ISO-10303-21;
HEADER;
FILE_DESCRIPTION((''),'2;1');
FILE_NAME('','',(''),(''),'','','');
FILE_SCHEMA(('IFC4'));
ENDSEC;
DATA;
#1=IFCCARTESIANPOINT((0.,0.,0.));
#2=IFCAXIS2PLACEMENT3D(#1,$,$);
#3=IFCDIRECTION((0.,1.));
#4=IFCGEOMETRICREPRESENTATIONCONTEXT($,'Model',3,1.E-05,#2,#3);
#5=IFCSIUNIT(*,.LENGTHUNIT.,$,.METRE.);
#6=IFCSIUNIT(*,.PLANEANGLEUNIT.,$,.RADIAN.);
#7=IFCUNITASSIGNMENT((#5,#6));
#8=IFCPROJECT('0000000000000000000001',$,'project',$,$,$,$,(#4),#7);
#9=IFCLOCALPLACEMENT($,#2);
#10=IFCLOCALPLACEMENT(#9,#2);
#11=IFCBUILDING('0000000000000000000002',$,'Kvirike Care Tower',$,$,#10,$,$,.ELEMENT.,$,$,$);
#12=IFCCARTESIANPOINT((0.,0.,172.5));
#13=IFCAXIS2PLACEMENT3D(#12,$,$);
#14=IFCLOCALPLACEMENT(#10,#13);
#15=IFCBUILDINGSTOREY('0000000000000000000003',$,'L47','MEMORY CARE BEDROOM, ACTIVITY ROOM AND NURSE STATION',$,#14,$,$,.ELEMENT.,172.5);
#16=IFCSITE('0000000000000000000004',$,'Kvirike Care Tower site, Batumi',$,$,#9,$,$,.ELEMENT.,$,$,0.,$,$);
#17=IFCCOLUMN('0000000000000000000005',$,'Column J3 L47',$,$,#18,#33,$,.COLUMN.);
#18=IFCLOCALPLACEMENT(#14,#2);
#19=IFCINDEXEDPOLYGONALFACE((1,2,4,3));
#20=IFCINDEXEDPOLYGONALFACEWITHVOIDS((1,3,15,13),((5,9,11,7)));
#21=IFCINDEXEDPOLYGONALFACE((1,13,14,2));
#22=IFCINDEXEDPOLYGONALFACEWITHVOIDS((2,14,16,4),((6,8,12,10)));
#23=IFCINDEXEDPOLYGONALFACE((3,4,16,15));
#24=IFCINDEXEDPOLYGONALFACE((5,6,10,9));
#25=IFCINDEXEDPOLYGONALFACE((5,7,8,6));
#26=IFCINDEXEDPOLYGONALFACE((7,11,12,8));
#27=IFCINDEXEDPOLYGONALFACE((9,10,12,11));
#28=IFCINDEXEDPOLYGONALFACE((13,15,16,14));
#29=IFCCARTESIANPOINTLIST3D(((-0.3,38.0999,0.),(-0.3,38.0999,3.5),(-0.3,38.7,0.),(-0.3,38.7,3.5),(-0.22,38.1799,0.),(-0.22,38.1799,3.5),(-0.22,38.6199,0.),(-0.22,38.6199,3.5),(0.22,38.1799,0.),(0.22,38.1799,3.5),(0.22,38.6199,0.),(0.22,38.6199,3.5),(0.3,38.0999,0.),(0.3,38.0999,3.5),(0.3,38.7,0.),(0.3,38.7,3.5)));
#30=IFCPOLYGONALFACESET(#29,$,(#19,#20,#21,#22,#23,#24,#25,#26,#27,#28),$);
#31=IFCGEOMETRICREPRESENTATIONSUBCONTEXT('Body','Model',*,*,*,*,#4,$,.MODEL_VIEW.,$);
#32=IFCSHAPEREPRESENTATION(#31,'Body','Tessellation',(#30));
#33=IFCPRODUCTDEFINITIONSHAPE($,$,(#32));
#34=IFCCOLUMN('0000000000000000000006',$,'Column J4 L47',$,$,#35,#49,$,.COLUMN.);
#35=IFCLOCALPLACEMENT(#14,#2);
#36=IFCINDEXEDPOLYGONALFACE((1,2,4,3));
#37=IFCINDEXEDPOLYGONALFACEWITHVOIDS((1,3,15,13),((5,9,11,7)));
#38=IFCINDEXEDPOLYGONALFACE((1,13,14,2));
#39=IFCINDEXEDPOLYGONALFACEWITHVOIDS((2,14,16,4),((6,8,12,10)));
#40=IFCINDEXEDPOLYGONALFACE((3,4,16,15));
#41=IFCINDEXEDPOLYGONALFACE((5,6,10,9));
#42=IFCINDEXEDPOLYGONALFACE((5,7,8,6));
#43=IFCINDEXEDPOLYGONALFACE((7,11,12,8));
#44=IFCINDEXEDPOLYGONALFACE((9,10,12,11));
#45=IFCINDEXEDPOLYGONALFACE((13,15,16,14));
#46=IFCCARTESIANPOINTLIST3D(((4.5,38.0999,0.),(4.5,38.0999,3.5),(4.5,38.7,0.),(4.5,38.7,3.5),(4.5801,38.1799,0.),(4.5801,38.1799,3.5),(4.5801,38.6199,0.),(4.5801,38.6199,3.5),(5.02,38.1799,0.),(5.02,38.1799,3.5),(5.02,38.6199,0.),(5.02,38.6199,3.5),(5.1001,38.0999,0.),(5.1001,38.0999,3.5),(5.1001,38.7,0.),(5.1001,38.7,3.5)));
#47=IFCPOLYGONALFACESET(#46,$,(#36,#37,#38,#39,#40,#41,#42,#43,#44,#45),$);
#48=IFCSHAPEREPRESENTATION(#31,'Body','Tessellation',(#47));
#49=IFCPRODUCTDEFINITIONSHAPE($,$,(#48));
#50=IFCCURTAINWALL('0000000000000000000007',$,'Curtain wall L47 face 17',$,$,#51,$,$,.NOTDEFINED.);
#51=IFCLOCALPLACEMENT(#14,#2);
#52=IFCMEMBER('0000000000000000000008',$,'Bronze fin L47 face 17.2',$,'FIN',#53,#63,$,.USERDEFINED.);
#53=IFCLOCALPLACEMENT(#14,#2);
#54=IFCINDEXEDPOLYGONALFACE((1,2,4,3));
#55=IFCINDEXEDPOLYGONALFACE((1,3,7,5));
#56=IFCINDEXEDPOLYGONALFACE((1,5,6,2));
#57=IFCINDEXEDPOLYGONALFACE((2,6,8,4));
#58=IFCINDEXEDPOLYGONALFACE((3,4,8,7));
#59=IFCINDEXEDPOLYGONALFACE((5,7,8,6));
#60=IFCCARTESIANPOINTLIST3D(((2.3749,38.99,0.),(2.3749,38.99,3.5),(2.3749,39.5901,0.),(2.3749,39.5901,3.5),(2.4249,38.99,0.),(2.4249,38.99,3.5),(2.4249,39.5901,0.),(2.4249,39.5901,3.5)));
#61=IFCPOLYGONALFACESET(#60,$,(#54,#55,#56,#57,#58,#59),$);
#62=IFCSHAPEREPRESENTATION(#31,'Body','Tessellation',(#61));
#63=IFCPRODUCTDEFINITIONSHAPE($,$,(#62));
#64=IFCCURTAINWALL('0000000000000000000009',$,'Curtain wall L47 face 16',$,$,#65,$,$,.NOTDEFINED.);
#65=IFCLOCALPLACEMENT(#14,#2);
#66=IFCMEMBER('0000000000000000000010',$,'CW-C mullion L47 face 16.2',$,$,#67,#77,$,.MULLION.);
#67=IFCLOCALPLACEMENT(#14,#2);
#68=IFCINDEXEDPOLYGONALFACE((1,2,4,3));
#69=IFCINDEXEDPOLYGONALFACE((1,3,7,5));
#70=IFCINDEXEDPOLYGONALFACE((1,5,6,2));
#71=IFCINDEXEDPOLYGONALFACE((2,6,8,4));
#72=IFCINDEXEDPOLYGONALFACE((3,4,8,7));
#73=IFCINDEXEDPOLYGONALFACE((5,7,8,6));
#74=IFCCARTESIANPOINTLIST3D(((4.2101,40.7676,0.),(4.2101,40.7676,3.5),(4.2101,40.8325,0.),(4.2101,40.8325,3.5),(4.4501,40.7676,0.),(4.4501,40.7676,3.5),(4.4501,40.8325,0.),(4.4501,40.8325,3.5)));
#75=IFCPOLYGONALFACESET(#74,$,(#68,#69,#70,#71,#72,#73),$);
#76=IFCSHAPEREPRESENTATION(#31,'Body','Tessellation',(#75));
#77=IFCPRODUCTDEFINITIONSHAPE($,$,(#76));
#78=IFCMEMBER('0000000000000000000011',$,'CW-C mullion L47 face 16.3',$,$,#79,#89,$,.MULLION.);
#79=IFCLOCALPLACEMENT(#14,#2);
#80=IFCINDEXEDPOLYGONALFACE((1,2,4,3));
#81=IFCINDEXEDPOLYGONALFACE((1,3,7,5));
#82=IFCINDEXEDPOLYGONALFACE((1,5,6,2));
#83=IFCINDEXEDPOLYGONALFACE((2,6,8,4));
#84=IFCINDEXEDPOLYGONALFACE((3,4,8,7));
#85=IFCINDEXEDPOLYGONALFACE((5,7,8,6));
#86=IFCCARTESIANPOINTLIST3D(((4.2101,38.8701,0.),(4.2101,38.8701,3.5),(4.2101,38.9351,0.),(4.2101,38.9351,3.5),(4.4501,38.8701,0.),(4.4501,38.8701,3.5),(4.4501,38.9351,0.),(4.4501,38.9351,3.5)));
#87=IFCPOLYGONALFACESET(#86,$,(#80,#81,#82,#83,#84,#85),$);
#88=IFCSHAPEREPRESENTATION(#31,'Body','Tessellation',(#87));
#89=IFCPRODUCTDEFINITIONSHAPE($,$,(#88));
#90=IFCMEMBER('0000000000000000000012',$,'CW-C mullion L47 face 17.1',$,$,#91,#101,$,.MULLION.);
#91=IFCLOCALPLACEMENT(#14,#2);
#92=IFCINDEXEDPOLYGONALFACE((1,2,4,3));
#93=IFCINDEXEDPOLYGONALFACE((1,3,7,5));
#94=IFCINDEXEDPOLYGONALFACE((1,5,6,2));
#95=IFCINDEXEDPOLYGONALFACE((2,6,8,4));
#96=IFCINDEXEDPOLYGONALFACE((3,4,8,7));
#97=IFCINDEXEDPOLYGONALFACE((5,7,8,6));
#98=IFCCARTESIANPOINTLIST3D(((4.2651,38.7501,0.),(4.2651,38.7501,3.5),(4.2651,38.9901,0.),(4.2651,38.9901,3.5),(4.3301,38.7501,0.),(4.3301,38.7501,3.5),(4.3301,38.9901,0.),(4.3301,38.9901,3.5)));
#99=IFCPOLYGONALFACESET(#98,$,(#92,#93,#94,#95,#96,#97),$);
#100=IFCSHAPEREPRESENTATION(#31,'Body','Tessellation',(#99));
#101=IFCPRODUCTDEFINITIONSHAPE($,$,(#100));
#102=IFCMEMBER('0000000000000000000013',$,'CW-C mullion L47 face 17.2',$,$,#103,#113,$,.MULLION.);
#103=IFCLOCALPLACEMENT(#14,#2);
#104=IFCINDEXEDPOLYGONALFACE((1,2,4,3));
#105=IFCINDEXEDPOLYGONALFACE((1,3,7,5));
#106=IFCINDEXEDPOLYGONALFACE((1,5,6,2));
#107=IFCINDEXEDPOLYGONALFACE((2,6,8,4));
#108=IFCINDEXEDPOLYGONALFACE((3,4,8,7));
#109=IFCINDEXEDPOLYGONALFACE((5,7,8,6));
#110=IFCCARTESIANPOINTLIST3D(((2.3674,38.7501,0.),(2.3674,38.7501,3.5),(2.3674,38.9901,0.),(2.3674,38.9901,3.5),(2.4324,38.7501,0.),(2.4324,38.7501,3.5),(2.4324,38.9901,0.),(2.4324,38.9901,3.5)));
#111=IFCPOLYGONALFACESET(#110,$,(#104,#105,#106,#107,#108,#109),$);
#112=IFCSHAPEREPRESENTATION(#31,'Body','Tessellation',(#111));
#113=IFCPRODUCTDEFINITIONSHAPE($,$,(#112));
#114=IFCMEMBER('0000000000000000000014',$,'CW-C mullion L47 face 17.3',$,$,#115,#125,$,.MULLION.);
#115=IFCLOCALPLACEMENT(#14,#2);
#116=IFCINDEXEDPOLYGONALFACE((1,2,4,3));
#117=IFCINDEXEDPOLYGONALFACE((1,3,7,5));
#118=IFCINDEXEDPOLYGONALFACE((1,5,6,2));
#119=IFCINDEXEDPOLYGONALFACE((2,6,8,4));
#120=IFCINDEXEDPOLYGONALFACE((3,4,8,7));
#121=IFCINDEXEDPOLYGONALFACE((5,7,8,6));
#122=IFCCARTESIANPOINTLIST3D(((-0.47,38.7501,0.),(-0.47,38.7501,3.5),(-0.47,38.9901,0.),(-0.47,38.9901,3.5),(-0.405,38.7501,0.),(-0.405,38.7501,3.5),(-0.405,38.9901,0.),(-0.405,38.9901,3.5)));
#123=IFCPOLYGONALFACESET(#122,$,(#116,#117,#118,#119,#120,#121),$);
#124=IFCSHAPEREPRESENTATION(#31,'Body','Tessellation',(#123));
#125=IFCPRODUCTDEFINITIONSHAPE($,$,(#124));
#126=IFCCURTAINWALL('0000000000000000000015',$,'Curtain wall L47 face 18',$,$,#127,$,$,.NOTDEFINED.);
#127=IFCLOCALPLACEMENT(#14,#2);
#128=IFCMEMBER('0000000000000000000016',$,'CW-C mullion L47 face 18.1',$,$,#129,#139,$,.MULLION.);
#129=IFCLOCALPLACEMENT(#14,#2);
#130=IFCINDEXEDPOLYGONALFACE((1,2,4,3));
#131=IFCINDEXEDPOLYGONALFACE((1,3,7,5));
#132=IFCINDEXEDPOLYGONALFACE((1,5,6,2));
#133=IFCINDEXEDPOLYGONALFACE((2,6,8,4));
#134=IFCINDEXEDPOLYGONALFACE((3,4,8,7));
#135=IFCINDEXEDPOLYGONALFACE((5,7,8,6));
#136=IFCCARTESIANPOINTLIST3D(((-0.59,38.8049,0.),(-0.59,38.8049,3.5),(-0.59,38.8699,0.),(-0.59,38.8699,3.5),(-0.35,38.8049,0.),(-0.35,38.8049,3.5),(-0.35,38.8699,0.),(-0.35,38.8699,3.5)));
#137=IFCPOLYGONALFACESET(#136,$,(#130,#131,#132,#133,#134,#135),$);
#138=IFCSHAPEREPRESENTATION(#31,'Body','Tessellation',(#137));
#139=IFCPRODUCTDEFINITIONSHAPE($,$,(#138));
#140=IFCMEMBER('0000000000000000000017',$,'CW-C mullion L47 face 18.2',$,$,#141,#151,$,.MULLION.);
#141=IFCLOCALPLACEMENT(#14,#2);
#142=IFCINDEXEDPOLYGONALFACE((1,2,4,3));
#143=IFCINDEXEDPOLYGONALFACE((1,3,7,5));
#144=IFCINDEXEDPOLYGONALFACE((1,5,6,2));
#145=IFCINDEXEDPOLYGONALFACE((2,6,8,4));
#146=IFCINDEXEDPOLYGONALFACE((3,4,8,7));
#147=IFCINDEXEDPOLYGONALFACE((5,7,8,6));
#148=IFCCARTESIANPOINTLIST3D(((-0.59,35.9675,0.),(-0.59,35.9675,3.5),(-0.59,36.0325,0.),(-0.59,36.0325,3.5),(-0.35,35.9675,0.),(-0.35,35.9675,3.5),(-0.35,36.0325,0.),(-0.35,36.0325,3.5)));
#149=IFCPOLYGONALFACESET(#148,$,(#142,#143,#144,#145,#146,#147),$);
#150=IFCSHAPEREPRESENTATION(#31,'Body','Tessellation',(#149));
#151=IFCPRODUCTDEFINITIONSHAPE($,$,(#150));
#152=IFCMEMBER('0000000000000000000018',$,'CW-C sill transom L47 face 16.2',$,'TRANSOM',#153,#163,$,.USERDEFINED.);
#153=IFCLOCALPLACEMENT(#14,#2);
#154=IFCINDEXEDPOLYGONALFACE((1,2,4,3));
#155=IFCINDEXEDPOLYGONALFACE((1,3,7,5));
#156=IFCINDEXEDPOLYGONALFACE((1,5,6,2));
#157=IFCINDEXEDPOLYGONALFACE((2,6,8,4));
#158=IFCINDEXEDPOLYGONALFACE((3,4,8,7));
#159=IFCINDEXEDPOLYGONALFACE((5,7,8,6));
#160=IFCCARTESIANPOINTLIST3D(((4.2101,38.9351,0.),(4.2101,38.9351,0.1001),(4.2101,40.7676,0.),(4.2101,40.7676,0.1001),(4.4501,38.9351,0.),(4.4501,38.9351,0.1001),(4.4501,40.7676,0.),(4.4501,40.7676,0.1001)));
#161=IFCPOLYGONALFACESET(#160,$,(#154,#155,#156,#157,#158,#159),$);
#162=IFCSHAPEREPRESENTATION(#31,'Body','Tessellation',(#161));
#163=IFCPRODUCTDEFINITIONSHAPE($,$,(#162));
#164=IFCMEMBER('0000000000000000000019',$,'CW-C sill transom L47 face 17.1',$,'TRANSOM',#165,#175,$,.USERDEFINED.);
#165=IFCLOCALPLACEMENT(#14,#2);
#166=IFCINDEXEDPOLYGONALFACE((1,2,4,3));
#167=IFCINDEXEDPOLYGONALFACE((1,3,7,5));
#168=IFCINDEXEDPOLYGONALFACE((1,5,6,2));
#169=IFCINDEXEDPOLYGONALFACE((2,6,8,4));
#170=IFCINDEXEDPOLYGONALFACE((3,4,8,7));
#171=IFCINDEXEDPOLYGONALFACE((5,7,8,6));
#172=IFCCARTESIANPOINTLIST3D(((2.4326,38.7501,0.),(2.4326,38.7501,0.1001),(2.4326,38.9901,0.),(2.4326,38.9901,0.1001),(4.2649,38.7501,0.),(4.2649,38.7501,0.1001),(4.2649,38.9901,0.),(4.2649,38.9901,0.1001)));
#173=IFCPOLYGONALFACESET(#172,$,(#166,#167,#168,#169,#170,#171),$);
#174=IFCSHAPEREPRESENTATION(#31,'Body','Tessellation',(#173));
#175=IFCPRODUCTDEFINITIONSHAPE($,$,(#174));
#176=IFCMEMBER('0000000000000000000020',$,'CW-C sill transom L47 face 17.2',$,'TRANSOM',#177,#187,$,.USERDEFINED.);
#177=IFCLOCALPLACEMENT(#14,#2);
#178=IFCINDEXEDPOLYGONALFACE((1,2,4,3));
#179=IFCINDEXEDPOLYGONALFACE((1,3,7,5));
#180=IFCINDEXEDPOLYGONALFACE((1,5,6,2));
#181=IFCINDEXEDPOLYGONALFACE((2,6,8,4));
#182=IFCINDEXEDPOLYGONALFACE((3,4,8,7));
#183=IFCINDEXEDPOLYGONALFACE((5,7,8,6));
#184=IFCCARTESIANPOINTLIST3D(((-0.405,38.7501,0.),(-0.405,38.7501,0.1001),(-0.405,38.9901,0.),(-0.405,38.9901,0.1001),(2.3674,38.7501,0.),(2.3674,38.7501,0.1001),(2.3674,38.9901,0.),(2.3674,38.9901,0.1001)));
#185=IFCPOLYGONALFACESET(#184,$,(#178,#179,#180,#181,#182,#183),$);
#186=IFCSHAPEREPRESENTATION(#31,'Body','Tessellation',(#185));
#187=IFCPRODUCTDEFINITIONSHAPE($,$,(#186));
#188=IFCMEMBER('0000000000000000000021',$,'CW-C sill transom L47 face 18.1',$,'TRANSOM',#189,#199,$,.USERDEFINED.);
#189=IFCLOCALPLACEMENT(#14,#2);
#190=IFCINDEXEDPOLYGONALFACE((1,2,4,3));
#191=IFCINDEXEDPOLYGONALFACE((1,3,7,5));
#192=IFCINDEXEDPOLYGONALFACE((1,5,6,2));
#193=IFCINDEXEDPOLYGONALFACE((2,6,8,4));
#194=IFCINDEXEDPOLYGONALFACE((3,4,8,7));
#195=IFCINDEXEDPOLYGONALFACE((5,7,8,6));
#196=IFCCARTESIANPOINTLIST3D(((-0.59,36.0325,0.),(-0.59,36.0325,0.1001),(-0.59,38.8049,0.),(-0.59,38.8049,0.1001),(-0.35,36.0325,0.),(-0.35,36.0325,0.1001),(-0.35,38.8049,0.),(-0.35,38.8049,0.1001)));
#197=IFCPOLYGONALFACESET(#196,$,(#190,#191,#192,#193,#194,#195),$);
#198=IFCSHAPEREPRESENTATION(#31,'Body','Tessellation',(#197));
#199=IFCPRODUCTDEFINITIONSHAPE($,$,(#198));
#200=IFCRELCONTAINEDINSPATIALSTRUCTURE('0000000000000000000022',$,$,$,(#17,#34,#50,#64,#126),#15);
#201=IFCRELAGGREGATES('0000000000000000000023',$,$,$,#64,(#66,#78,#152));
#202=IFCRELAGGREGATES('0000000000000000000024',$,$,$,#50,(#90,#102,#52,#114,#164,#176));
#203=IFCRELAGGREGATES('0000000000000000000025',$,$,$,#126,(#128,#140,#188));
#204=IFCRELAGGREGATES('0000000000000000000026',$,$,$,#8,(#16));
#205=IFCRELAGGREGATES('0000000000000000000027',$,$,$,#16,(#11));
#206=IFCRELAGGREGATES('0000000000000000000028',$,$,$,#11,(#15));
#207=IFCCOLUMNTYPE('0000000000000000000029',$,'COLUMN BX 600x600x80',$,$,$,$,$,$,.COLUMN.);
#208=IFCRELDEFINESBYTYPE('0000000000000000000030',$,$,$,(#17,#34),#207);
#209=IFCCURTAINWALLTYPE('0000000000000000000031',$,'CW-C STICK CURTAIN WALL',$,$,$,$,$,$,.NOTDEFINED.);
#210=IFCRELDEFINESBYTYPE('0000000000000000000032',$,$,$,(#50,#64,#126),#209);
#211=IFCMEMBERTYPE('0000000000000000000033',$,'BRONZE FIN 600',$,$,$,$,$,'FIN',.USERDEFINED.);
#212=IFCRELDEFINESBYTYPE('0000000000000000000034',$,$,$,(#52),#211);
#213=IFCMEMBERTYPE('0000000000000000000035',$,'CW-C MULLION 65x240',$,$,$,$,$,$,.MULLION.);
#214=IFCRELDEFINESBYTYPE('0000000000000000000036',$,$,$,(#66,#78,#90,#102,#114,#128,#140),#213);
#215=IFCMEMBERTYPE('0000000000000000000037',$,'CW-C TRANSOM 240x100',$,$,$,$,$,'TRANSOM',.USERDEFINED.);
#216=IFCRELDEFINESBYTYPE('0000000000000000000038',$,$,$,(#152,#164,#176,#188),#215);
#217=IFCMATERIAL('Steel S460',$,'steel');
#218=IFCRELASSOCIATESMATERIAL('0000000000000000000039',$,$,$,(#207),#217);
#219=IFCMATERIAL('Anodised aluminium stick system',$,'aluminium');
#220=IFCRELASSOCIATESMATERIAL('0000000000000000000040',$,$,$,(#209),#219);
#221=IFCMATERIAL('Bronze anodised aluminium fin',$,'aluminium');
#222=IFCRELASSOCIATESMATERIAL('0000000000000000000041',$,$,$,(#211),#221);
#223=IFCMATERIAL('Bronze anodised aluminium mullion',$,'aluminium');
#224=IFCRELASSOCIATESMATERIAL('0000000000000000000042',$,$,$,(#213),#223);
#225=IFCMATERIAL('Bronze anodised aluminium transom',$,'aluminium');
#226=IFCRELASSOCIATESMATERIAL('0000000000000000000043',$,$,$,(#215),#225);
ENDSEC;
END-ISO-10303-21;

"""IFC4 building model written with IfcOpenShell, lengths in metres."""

from ifc_helpers import new_model, si_unit, direction, frame, origin, origin_2d, place, context, subcontext, project, spatial, rectangle, hollow_rectangle, extrude, material, material_profile, profile_set, type_object, element, aggregate, save


model = new_model("IFC4")

# Units and contexts
model_context = context("Model", 3, precision=1e-05, world=origin(), true_north=direction((0.0, 1.0)))
body_context = subcontext(model_context, "Body", "Model", "MODEL_VIEW")
ifc_project = project(units=[si_unit("LENGTHUNIT", "METRE"), si_unit("PLANEANGLEUNIT", "RADIAN")], contexts=[model_context])

# Site, building, storey
site_placement = place(None, origin())
site = spatial("IfcSite", under=ifc_project, at=site_placement, Name="Kvirike Care Tower site, Batumi", CompositionType="ELEMENT", RefElevation=0.0)
building_placement = place(site_placement, origin())
building = spatial("IfcBuilding", under=site, at=building_placement, Name="Kvirike Care Tower", CompositionType="ELEMENT")
storey_placement = place(building_placement, frame((0.0, 0.0, 172.5)))
storey = spatial("IfcBuildingStorey", under=building, at=storey_placement, Name="L47", Description="MEMORY CARE BEDROOM, ACTIVITY ROOM AND NURSE STATION", CompositionType="ELEMENT", Elevation=172.5)

# Columns
ifc_material_1 = material(Name="Steel S460", Category="steel")
ifc_material_profile_1 = material_profile(ifc_material_1, hollow_rectangle(XDim=0.6001, YDim=0.6001, WallThickness=0.0801, at=origin_2d()), Name="BX 600x600x80")
ifc_profile_set_1 = profile_set([ifc_material_profile_1], Name="Steel S460")
column_type = type_object("IfcColumnType", Name="COLUMN BX 600x600x80", PredefinedType="COLUMN", material=ifc_profile_set_1)
for number, where, z_axis, x_axis, name in (
    (1, (0.0, 38.3999, 0.0), (0.0, 0.0, 1.0), (0.0, 1.0, 0.0), "Column J3 L47"),
    (2, (4.8, 38.3999, 0.0), (0.0, 0.0, 1.0), (0.0, 1.0, 0.0), "Column J4 L47"),
):
    element("IfcColumn", number, at=place(storey_placement, frame(where, z_axis=z_axis, x_axis=x_axis)), inside=storey, type_object=column_type, Name=name, PredefinedType="COLUMN", context=body_context, shape_type="SweptSolid", body=[
        extrude(hollow_rectangle(XDim=0.6001, YDim=0.6001, WallThickness=0.0801, at=origin_2d()), origin(), (0.0, 0.0, 1.0), 3.5),
    ])

# Curtain wall, member
ifc_material_2 = material(Name="Anodised aluminium stick system", Category="aluminium")
curtain_wall_type = type_object("IfcCurtainWallType", Name="CW-C STICK CURTAIN WALL", PredefinedType="NOTDEFINED", material=ifc_material_2)
curtain_wall_1_placement = place(storey_placement, origin())
curtain_wall_1 = element("IfcCurtainWall", 3, at=curtain_wall_1_placement, inside=storey, type_object=curtain_wall_type, Name="Curtain wall L47 face 17", PredefinedType="NOTDEFINED")
ifc_material_3 = material(Name="Bronze anodised aluminium fin", Category="aluminium")
ifc_material_profile_2 = material_profile(ifc_material_3, rectangle(XDim=0.05, YDim=0.6001, at=origin_2d()), Name="BRONZE FIN 600")
ifc_profile_set_2 = profile_set([ifc_material_profile_2], Name="Bronze anodised aluminium fin")
member_type_1 = type_object("IfcMemberType", Name="BRONZE FIN 600", ElementType="FIN", PredefinedType="USERDEFINED", material=ifc_profile_set_2)
member_1_placement = place(storey_placement, frame((2.3999, 39.29, 0.0), z_axis=(0.0, 0.0, 1.0), x_axis=(-1.0, 0.0, 0.0)))
member_1 = element("IfcMember", 4, at=member_1_placement, type_object=member_type_1, Name="Bronze fin L47 face 17.2", ObjectType="FIN", PredefinedType="USERDEFINED", context=body_context, shape_type="SweptSolid", body=[
    extrude(rectangle(XDim=0.05, YDim=0.6001, at=origin_2d()), origin(), (0.0, 0.0, 1.0), 3.5),
])

# Curtain wall, members
curtain_wall_2_placement = place(storey_placement, origin())
curtain_wall_2 = element("IfcCurtainWall", 5, at=curtain_wall_2_placement, inside=storey, type_object=curtain_wall_type, Name="Curtain wall L47 face 16", PredefinedType="NOTDEFINED")
ifc_material_4 = material(Name="Bronze anodised aluminium mullion", Category="aluminium")
ifc_material_profile_3 = material_profile(ifc_material_4, rectangle(XDim=0.0649, YDim=0.24, at=origin_2d()), Name="CW-C MULLION 65x240")
ifc_profile_set_3 = profile_set([ifc_material_profile_3], Name="Bronze anodised aluminium mullion")
member_type_2 = type_object("IfcMemberType", Name="CW-C MULLION 65x240", PredefinedType="MULLION", material=ifc_profile_set_3)
member_2_placement = place(storey_placement, frame((4.3301, 40.8, 0.0), z_axis=(0.0, 0.0, 1.0), x_axis=(0.0, -1.0, 0.0)))
member_2 = element("IfcMember", 6, at=member_2_placement, type_object=member_type_2, Name="CW-C mullion L47 face 16.2", PredefinedType="MULLION", context=body_context, shape_type="SweptSolid", body=[
    extrude(rectangle(XDim=0.0649, YDim=0.24, at=origin_2d()), origin(), (0.0, 0.0, 1.0), 3.5),
])
member_3_placement = place(storey_placement, frame((4.3301, 38.9026, 0.0), z_axis=(0.0, 0.0, 1.0), x_axis=(0.0, -1.0, 0.0)))
member_3 = element("IfcMember", 7, at=member_3_placement, type_object=member_type_2, Name="CW-C mullion L47 face 16.3", PredefinedType="MULLION", context=body_context, shape_type="SweptSolid", body=[
    extrude(rectangle(XDim=0.0649, YDim=0.24, at=origin_2d()), origin(), (0.0, 0.0, 1.0), 3.5),
])

# Members
member_4_placement = place(storey_placement, frame((4.2976, 38.8701, 0.0), z_axis=(0.0, 0.0, 1.0), x_axis=(-1.0, 0.0, 0.0)))
member_4 = element("IfcMember", 8, at=member_4_placement, type_object=member_type_2, Name="CW-C mullion L47 face 17.1", PredefinedType="MULLION", context=body_context, shape_type="SweptSolid", body=[
    extrude(rectangle(XDim=0.0649, YDim=0.24, at=origin_2d()), origin(), (0.0, 0.0, 1.0), 3.5),
])
member_5_placement = place(storey_placement, frame((2.3999, 38.8701, 0.0), z_axis=(0.0, 0.0, 1.0), x_axis=(-1.0, 0.0, 0.0)))
member_5 = element("IfcMember", 9, at=member_5_placement, type_object=member_type_2, Name="CW-C mullion L47 face 17.2", PredefinedType="MULLION", context=body_context, shape_type="SweptSolid", body=[
    extrude(rectangle(XDim=0.0649, YDim=0.24, at=origin_2d()), origin(), (0.0, 0.0, 1.0), 3.5),
])
member_6_placement = place(storey_placement, frame((-0.4375, 38.8701, 0.0), z_axis=(0.0, 0.0, 1.0), x_axis=(-1.0, 0.0, 0.0)))
member_6 = element("IfcMember", 10, at=member_6_placement, type_object=member_type_2, Name="CW-C mullion L47 face 17.3", PredefinedType="MULLION", context=body_context, shape_type="SweptSolid", body=[
    extrude(rectangle(XDim=0.0649, YDim=0.24, at=origin_2d()), origin(), (0.0, 0.0, 1.0), 3.5),
])

# Curtain wall, members
curtain_wall_3_placement = place(storey_placement, origin())
curtain_wall_3 = element("IfcCurtainWall", 11, at=curtain_wall_3_placement, inside=storey, type_object=curtain_wall_type, Name="Curtain wall L47 face 18", PredefinedType="NOTDEFINED")
member_7_placement = place(storey_placement, frame((-0.47, 38.8374, 0.0), z_axis=(0.0, 0.0, 1.0), x_axis=(0.0, -1.0, 0.0)))
member_7 = element("IfcMember", 12, at=member_7_placement, type_object=member_type_2, Name="CW-C mullion L47 face 18.1", PredefinedType="MULLION", context=body_context, shape_type="SweptSolid", body=[
    extrude(rectangle(XDim=0.0649, YDim=0.24, at=origin_2d()), origin(), (0.0, 0.0, 1.0), 3.5),
])
member_8_placement = place(storey_placement, frame((-0.47, 36.0, 0.0), z_axis=(0.0, 0.0, 1.0), x_axis=(0.0, -1.0, 0.0)))
member_8 = element("IfcMember", 13, at=member_8_placement, type_object=member_type_2, Name="CW-C mullion L47 face 18.2", PredefinedType="MULLION", context=body_context, shape_type="SweptSolid", body=[
    extrude(rectangle(XDim=0.0649, YDim=0.24, at=origin_2d()), origin(), (0.0, 0.0, 1.0), 3.5),
])

# Members
ifc_material_5 = material(Name="Bronze anodised aluminium transom", Category="aluminium")
ifc_material_profile_4 = material_profile(ifc_material_5, rectangle(XDim=0.24, YDim=0.1001, at=origin_2d()), Name="CW-C TRANSOM 240x100")
ifc_profile_set_4 = profile_set([ifc_material_profile_4], Name="Bronze anodised aluminium transom")
member_type_3 = type_object("IfcMemberType", Name="CW-C TRANSOM 240x100", ElementType="TRANSOM", PredefinedType="USERDEFINED", material=ifc_profile_set_4)
member_9_placement = place(storey_placement, frame((4.3301, 40.7676, 0.05), z_axis=(0.0, -1.0, 0.0), x_axis=(1.0, 0.0, 0.0)))
member_9 = element("IfcMember", 14, at=member_9_placement, type_object=member_type_3, Name="CW-C sill transom L47 face 16.2", ObjectType="TRANSOM", PredefinedType="USERDEFINED", context=body_context, shape_type="SweptSolid", body=[
    extrude(rectangle(XDim=0.24, YDim=0.1001, at=origin_2d()), origin(), (0.0, 0.0, 1.0), 1.8325),
])
member_10_placement = place(storey_placement, frame((4.2649, 38.8701, 0.05), z_axis=(-1.0, 0.0, 0.0), x_axis=(0.0, -1.0, 0.0)))
member_10 = element("IfcMember", 15, at=member_10_placement, type_object=member_type_3, Name="CW-C sill transom L47 face 17.1", ObjectType="TRANSOM", PredefinedType="USERDEFINED", context=body_context, shape_type="SweptSolid", body=[
    extrude(rectangle(XDim=0.24, YDim=0.1001, at=origin_2d()), origin(), (0.0, 0.0, 1.0), 1.8323),
])
member_11_placement = place(storey_placement, frame((2.3674, 38.8701, 0.05), z_axis=(-1.0, 0.0, 0.0), x_axis=(0.0, -1.0, 0.0)))
member_11 = element("IfcMember", 16, at=member_11_placement, type_object=member_type_3, Name="CW-C sill transom L47 face 17.2", ObjectType="TRANSOM", PredefinedType="USERDEFINED", context=body_context, shape_type="SweptSolid", body=[
    extrude(rectangle(XDim=0.24, YDim=0.1001, at=origin_2d()), origin(), (0.0, 0.0, 1.0), 2.7725),
])
member_12_placement = place(storey_placement, frame((-0.47, 38.8049, 0.05), z_axis=(0.0, -1.0, 0.0), x_axis=(1.0, 0.0, 0.0)))
member_12 = element("IfcMember", 17, at=member_12_placement, type_object=member_type_3, Name="CW-C sill transom L47 face 18.1", ObjectType="TRANSOM", PredefinedType="USERDEFINED", context=body_context, shape_type="SweptSolid", body=[
    extrude(rectangle(XDim=0.24, YDim=0.1001, at=origin_2d()), origin(), (0.0, 0.0, 1.0), 2.7725),
])

aggregate(curtain_wall_2, [member_2, member_3, member_9])
aggregate(curtain_wall_1, [member_4, member_5, member_1, member_6, member_10, member_11])
aggregate(curtain_wall_3, [member_7, member_8, member_12])

save(model, "model.ifc")
